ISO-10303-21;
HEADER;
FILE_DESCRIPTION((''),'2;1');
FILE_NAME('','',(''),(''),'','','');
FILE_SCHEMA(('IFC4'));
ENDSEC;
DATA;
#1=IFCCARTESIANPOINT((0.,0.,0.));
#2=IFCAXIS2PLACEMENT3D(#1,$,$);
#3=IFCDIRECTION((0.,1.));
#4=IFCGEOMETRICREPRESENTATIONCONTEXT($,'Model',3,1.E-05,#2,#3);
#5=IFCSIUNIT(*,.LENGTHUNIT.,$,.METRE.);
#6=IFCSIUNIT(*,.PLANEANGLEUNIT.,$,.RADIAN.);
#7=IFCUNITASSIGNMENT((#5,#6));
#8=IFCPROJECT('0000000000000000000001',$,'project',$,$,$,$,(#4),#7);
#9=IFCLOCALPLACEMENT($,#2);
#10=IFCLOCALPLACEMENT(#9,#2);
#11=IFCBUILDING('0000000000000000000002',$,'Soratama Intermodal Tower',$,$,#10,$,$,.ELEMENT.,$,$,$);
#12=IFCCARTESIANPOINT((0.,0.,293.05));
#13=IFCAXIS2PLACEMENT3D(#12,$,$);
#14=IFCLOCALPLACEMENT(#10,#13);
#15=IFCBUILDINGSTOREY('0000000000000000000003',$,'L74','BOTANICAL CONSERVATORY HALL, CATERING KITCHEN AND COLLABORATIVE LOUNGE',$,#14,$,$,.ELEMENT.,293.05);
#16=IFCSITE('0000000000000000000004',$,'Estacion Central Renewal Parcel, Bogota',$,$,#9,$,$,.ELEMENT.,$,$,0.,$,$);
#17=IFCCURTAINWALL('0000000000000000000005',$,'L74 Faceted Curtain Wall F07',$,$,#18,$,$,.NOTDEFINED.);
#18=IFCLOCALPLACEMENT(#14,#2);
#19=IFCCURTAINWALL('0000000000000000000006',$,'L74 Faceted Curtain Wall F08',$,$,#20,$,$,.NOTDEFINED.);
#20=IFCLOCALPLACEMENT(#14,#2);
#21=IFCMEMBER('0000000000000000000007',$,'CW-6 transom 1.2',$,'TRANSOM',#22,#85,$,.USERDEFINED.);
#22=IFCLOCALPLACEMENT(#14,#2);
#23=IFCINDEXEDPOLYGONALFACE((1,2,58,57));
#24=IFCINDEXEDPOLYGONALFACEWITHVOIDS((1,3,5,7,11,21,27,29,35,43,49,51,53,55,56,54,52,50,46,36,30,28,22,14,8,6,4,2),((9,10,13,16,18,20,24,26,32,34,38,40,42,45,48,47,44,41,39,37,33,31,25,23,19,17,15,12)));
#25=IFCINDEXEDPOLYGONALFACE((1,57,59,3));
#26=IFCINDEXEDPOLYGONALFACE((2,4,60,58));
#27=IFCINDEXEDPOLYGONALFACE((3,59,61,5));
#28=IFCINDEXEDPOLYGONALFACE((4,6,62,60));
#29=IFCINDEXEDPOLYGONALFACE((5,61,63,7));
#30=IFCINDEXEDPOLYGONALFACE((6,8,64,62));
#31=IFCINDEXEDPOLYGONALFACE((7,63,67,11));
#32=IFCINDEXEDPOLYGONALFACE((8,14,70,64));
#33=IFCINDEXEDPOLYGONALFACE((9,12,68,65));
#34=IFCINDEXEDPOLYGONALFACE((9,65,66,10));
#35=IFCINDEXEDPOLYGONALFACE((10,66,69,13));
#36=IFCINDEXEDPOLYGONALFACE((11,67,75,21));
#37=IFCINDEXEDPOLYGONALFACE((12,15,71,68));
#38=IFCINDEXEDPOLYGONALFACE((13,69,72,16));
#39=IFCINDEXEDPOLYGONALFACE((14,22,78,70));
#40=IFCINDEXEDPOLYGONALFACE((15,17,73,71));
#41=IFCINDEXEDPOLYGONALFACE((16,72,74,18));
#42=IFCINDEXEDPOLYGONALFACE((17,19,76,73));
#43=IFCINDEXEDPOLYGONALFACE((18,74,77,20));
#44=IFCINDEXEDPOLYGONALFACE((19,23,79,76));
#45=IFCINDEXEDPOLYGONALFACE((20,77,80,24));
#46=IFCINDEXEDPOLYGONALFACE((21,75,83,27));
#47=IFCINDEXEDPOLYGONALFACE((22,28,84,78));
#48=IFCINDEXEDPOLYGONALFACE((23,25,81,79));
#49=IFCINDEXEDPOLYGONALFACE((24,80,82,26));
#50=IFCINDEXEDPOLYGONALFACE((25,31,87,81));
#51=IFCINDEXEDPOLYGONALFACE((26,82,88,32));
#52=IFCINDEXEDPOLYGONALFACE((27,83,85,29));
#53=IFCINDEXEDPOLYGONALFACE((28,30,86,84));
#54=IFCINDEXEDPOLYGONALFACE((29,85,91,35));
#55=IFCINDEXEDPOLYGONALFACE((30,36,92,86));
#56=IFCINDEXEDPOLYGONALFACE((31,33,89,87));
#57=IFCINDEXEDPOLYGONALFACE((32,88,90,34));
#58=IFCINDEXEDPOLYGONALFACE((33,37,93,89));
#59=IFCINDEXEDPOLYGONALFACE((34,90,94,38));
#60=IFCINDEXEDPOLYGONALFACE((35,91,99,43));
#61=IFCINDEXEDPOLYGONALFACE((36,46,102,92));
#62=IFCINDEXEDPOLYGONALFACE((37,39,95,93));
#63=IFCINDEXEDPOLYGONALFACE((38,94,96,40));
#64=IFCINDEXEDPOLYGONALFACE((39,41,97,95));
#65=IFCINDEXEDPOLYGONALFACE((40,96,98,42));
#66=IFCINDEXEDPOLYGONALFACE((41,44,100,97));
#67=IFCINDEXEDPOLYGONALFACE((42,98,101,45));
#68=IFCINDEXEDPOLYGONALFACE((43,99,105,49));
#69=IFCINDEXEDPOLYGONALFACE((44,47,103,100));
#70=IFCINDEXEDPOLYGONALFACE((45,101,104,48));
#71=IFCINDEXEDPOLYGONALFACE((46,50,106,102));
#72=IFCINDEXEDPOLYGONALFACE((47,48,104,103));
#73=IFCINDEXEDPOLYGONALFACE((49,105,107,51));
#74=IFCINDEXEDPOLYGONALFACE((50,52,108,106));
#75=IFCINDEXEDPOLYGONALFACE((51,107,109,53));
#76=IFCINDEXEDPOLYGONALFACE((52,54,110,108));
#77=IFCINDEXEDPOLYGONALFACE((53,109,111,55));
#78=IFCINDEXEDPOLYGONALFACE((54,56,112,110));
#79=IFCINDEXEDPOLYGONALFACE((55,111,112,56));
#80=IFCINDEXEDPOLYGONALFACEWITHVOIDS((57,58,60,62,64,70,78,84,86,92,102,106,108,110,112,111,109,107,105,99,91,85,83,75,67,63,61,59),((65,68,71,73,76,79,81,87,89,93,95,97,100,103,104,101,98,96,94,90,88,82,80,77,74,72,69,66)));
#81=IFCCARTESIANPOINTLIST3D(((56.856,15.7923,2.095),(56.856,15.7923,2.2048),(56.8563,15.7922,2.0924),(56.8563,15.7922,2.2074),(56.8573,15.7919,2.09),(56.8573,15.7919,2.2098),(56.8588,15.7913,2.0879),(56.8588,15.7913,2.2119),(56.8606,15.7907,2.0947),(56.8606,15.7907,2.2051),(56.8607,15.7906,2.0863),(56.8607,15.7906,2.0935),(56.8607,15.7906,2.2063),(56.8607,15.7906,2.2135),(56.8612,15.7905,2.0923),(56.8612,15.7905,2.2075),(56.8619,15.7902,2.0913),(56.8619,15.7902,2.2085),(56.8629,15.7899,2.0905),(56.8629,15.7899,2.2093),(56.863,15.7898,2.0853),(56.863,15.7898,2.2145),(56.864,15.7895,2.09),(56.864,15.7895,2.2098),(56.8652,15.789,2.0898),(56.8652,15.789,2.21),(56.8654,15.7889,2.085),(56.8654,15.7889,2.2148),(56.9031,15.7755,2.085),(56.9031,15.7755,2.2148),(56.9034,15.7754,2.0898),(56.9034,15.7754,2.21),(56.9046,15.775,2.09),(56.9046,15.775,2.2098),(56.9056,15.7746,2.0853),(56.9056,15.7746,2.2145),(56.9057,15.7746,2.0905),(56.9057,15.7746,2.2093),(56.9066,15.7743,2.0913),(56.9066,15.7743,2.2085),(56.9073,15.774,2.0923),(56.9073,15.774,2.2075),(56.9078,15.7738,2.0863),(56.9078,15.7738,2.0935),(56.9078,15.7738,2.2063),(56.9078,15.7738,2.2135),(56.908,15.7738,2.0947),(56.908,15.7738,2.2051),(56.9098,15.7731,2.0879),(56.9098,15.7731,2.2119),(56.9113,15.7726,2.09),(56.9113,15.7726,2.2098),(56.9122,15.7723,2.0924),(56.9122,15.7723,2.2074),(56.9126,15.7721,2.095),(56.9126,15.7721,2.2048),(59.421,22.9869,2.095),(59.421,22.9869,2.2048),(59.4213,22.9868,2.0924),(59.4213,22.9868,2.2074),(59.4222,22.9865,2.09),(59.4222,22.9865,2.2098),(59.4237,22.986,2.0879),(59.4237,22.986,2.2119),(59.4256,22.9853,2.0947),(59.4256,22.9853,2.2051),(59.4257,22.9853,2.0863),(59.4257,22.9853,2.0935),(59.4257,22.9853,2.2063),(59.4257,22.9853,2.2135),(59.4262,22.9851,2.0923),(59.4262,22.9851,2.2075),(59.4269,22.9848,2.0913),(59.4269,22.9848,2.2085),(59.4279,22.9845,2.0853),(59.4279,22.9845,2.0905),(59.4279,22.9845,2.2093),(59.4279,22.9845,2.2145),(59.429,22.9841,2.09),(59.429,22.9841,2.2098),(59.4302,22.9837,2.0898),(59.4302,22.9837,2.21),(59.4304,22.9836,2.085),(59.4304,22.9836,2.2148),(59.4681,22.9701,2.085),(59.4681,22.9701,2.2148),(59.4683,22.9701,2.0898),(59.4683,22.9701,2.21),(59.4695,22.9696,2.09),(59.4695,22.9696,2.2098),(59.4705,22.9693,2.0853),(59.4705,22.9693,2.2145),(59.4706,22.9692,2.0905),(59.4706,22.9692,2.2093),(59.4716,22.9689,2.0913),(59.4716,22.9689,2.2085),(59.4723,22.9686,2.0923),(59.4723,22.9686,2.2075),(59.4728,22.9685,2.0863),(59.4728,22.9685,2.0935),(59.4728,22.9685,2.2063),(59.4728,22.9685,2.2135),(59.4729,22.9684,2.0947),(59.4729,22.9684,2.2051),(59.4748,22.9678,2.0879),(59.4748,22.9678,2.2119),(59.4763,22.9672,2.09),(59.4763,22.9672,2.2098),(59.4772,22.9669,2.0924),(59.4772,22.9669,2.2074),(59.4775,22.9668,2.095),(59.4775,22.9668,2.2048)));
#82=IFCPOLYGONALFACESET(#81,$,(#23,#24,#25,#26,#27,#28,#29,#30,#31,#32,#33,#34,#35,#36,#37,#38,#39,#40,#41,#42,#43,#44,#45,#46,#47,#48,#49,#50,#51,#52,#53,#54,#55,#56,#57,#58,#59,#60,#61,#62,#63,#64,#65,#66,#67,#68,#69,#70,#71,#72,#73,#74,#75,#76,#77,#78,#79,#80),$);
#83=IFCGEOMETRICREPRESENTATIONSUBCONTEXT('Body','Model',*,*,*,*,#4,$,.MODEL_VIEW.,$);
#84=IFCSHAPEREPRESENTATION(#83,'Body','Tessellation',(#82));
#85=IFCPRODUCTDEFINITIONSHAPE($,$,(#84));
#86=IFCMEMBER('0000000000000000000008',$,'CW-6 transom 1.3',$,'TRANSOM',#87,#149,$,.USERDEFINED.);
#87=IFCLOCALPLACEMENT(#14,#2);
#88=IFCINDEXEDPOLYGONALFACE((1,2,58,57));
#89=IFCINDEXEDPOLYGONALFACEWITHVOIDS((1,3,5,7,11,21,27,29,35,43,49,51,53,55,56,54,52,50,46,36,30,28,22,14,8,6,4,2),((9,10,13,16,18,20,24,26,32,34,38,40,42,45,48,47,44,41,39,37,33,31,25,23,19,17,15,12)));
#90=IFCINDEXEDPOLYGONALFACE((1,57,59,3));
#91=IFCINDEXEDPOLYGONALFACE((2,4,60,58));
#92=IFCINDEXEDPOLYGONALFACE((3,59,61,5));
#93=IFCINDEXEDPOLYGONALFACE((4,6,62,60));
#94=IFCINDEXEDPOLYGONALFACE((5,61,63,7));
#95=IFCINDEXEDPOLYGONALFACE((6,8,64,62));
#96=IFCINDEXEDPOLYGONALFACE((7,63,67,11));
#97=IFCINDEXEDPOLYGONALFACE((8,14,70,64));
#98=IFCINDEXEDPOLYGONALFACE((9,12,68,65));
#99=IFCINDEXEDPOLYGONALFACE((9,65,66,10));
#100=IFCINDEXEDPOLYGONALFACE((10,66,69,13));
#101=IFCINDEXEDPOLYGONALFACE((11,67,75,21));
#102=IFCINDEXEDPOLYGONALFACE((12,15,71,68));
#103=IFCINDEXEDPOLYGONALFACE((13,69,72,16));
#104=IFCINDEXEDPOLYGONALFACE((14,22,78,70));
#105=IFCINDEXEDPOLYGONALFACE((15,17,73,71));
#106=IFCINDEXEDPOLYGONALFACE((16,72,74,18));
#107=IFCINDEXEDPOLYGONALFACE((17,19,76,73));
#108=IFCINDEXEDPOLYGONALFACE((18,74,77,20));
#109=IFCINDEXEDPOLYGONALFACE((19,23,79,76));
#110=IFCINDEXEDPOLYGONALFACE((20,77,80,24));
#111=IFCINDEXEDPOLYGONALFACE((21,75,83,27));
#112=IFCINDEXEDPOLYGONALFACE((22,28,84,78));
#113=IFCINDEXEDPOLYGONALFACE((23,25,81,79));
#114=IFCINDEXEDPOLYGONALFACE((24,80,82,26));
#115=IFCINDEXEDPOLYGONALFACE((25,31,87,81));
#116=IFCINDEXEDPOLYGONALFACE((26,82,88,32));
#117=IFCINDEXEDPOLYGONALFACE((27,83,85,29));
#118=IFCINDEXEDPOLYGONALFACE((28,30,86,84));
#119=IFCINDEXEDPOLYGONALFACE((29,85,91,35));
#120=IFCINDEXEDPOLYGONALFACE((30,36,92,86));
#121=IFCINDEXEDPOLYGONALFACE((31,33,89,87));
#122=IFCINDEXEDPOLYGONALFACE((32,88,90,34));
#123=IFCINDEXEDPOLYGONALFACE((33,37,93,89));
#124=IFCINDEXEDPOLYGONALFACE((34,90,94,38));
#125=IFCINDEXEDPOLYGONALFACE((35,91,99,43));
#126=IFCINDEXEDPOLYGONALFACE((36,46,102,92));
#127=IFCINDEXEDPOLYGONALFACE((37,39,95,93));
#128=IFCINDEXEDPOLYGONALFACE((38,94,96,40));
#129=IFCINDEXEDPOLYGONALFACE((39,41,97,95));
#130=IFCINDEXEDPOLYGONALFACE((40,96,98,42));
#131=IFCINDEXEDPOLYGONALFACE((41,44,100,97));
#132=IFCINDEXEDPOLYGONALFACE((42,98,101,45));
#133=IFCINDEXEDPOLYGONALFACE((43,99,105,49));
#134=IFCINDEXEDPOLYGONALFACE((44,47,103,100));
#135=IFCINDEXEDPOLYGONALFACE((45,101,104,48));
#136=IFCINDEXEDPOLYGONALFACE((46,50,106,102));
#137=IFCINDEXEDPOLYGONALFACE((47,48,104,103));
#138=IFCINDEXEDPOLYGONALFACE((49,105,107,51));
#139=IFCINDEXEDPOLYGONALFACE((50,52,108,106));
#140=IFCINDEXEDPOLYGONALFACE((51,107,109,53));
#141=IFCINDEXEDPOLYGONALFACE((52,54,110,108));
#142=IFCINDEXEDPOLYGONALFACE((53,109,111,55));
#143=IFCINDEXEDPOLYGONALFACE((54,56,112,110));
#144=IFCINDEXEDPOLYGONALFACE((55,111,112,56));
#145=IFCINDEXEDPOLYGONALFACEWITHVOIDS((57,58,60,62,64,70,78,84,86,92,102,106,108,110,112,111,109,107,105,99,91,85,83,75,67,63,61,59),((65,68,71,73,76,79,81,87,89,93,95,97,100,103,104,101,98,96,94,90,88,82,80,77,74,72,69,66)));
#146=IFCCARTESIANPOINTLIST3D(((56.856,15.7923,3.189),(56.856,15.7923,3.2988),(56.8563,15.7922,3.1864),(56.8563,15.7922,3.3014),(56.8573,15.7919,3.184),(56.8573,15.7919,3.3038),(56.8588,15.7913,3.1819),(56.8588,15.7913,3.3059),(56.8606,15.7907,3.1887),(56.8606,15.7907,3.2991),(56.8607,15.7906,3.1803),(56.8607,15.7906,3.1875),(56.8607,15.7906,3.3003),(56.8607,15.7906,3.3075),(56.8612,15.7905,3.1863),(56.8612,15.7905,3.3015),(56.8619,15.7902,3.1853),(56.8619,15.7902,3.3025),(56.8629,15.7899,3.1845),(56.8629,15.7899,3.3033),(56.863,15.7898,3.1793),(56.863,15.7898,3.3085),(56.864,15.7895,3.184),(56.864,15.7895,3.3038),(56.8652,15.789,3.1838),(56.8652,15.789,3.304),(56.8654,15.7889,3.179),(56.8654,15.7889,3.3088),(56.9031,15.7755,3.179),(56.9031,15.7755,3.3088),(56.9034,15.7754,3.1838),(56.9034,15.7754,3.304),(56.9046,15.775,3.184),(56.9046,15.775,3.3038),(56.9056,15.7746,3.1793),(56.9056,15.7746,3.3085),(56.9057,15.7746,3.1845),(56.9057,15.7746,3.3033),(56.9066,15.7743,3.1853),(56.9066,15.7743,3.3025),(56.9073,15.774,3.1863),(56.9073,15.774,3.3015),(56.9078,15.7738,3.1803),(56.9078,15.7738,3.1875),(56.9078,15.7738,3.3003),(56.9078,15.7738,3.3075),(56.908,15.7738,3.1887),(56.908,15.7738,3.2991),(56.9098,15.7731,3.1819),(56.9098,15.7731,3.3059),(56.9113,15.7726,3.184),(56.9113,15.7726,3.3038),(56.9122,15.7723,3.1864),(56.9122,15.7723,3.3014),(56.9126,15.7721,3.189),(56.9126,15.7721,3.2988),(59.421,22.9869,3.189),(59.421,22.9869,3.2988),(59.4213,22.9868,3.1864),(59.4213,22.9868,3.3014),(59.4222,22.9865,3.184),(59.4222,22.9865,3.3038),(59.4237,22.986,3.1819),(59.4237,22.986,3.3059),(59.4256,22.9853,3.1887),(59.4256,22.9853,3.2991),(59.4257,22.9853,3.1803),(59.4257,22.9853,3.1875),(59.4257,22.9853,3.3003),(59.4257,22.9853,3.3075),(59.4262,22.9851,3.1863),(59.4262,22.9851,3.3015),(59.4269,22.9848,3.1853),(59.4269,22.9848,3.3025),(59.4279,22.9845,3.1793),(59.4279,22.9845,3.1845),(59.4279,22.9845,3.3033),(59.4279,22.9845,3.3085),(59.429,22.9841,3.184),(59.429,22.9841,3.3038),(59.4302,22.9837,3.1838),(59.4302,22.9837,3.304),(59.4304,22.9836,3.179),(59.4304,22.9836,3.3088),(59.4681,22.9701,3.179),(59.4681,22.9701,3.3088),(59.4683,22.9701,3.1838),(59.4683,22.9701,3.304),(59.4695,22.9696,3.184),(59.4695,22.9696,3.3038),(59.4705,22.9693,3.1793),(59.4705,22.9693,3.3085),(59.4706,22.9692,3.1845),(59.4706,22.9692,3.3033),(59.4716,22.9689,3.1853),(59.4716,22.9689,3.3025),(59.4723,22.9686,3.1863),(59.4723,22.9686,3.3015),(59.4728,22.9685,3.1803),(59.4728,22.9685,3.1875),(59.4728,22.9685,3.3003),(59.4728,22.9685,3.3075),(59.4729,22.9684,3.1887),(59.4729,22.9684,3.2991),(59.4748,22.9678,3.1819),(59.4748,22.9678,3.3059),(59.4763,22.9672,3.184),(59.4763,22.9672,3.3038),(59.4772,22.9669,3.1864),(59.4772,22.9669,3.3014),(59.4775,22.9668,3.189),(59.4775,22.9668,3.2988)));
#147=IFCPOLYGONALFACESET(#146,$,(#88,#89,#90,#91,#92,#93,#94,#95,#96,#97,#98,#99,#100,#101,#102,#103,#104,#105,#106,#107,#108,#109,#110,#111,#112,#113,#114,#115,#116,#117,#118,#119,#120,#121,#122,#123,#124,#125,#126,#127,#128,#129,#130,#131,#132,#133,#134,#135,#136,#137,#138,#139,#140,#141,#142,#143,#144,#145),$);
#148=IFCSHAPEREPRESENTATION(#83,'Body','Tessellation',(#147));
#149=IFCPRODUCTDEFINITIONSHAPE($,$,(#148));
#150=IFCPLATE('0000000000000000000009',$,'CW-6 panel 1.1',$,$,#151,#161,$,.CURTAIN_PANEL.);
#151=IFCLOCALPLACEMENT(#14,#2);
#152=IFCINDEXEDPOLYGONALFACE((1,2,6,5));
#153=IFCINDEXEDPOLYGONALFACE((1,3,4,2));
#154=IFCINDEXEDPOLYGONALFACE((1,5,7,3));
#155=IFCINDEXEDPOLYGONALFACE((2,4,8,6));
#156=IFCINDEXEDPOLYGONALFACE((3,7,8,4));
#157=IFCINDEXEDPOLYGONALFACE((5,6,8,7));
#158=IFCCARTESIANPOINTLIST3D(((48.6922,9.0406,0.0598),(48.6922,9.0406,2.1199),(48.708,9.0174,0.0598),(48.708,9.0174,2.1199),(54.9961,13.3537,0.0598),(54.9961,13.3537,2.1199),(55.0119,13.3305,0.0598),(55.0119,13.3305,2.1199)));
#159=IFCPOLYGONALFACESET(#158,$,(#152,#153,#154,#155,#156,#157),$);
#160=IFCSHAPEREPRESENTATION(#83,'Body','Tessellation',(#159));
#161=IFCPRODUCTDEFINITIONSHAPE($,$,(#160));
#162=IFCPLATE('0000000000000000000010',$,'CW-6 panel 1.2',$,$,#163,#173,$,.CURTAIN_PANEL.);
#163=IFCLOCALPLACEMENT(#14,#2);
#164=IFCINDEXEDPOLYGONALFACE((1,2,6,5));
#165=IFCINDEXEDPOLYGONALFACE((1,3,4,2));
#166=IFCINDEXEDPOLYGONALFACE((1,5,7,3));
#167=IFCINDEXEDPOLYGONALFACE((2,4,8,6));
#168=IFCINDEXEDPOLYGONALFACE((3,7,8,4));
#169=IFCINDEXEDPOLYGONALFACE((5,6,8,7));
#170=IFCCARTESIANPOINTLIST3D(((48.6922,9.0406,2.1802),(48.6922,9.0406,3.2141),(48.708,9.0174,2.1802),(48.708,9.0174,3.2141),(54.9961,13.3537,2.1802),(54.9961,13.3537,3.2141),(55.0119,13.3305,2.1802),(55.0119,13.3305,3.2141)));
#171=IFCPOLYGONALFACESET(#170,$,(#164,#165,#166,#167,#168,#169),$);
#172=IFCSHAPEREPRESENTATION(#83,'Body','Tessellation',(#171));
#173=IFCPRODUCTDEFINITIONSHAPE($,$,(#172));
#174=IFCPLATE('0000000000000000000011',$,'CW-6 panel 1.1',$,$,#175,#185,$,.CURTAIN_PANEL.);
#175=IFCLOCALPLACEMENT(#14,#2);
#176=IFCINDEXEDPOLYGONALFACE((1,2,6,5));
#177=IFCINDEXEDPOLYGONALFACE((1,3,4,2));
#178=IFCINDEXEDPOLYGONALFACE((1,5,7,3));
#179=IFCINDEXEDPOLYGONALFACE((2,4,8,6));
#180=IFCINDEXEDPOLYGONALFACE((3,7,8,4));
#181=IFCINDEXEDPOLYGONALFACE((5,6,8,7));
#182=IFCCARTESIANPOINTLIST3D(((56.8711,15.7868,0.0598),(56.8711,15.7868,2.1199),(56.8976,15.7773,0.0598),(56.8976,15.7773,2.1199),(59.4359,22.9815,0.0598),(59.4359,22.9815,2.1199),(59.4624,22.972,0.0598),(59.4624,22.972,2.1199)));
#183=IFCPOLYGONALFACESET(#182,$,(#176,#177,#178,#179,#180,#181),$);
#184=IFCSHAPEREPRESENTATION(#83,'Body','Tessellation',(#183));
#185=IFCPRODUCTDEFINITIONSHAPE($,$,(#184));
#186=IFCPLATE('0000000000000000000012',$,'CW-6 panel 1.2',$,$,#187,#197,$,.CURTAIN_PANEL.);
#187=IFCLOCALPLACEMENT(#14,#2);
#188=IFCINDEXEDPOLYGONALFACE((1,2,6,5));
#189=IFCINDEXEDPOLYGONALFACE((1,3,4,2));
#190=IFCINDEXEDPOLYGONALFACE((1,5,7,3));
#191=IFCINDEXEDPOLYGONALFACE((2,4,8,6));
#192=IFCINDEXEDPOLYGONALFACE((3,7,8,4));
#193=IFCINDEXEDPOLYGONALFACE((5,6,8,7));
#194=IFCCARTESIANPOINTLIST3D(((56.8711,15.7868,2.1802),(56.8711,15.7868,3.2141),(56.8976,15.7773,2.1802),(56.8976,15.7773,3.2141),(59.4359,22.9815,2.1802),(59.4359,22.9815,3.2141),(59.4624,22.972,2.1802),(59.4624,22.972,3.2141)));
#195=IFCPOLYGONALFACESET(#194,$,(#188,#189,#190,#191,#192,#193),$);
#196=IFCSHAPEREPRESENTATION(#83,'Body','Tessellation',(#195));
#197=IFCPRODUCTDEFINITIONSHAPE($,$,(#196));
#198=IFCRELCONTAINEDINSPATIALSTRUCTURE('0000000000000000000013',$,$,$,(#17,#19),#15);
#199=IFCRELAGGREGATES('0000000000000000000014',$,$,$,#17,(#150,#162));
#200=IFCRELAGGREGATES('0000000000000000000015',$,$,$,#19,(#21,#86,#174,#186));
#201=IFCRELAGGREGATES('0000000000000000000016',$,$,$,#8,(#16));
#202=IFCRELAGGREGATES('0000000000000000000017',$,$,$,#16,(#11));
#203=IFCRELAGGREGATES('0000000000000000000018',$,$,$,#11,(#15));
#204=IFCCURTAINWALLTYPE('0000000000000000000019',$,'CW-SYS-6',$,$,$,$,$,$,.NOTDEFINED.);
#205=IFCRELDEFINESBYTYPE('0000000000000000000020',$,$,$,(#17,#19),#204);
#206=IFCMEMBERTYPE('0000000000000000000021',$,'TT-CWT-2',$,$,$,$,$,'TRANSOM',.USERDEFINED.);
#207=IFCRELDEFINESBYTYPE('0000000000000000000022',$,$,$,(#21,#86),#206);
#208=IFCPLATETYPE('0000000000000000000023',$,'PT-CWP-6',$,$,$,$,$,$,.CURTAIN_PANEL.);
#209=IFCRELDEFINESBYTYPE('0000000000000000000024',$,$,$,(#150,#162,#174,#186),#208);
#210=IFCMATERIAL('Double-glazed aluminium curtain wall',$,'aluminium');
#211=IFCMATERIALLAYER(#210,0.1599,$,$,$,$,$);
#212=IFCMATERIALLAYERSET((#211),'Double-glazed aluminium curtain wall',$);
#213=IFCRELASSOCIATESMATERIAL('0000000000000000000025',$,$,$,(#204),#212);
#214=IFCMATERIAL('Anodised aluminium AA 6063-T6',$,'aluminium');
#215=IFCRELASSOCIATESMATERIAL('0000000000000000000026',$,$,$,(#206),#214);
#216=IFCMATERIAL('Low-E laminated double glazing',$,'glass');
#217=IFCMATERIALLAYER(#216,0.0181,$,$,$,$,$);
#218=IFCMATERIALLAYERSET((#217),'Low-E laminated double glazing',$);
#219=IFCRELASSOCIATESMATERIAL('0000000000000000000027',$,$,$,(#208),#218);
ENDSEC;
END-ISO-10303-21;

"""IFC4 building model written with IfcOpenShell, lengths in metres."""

from ifc_helpers import new_model, si_unit, direction, frame, origin, origin_2d, place, context, subcontext, project, spatial, rectangle, hollow_rectangle, extrude, material, layer, layer_set, material_profile, profile_set, type_object, element, aggregate, save


model = new_model("IFC4")

# Units and contexts
model_context = context("Model", 3, precision=1e-05, world=origin(), true_north=direction((0.0, 1.0)))
body_context = subcontext(model_context, "Body", "Model", "MODEL_VIEW")
ifc_project = project(units=[si_unit("LENGTHUNIT", "METRE"), si_unit("PLANEANGLEUNIT", "RADIAN")], contexts=[model_context])

# Site, building, storey
site_placement = place(None, origin())
site = spatial("IfcSite", under=ifc_project, at=site_placement, Name="Estacion Central Renewal Parcel, Bogota", CompositionType="ELEMENT", RefElevation=0.0)
building_placement = place(site_placement, origin())
building = spatial("IfcBuilding", under=site, at=building_placement, Name="Soratama Intermodal Tower", CompositionType="ELEMENT")
storey_placement = place(building_placement, frame((0.0, 0.0, 293.05)))
storey = spatial("IfcBuildingStorey", under=building, at=storey_placement, Name="L74", Description="BOTANICAL CONSERVATORY HALL, CATERING KITCHEN AND COLLABORATIVE LOUNGE", CompositionType="ELEMENT", Elevation=293.05)

# Curtain walls
ifc_material_1 = material(Name="Double-glazed aluminium curtain wall", Category="aluminium")
ifc_layer_1 = layer(ifc_material_1, 0.1599)
ifc_layer_set_1 = layer_set([ifc_layer_1], Name="Double-glazed aluminium curtain wall")
curtain_wall_type = type_object("IfcCurtainWallType", Name="CW-SYS-6", PredefinedType="NOTDEFINED", material=ifc_layer_set_1)
curtain_wall_1_placement = place(storey_placement, origin())
curtain_wall_1 = element("IfcCurtainWall", 1, at=curtain_wall_1_placement, inside=storey, type_object=curtain_wall_type, Name="L74 Faceted Curtain Wall F07", PredefinedType="NOTDEFINED")
curtain_wall_2_placement = place(storey_placement, origin())
curtain_wall_2 = element("IfcCurtainWall", 2, at=curtain_wall_2_placement, inside=storey, type_object=curtain_wall_type, Name="L74 Faceted Curtain Wall F08", PredefinedType="NOTDEFINED")

# Members
ifc_material_2 = material(Name="Anodised aluminium AA 6063-T6", Category="aluminium")
ifc_material_profile_1 = material_profile(ifc_material_2, hollow_rectangle(XDim=0.0601, YDim=0.1299, WallThickness=0.0049, InnerFilletRadius=0.0049, OuterFilletRadius=0.01, at=origin_2d()), Name="CWT130X60X5")
ifc_profile_set_1 = profile_set([ifc_material_profile_1], Name="Anodised aluminium AA 6063-T6")
member_type_1 = type_object("IfcMemberType", Name="TT-CWT-2", ElementType="TRANSOM", PredefinedType="USERDEFINED", material=ifc_profile_set_1)
member_1_placement = place(storey_placement, frame((56.8843, 15.7822, 2.1499), z_axis=(0.335808, 0.941931, 0.0), x_axis=(-0.941931, 0.335808, 0.0)))
member_1 = element("IfcMember", 3, at=member_1_placement, type_object=member_type_1, Name="CW-6 transom 1.2", ObjectType="TRANSOM", PredefinedType="USERDEFINED", context=body_context, shape_type="SweptSolid", body=[
    extrude(hollow_rectangle(XDim=0.0601, YDim=0.1299, WallThickness=0.0049, InnerFilletRadius=0.0049, OuterFilletRadius=0.01, at=origin_2d()), origin(), (0.0, 0.0, 1.0), 7.6382),
])
member_2_placement = place(storey_placement, frame((56.8843, 15.7822, 3.2439), z_axis=(0.335808, 0.941931, 0.0), x_axis=(-0.941931, 0.335808, 0.0)))
member_2 = element("IfcMember", 4, at=member_2_placement, type_object=member_type_1, Name="CW-6 transom 1.3", ObjectType="TRANSOM", PredefinedType="USERDEFINED", context=body_context, shape_type="SweptSolid", body=[
    extrude(hollow_rectangle(XDim=0.0601, YDim=0.1299, WallThickness=0.0049, InnerFilletRadius=0.0049, OuterFilletRadius=0.01, at=origin_2d()), origin(), (0.0, 0.0, 1.0), 7.6382),
])

# Plates
ifc_material_3 = material(Name="Low-E laminated double glazing", Category="glass")
ifc_layer_2 = layer(ifc_material_3, 0.0181)
ifc_layer_set_2 = layer_set([ifc_layer_2], Name="Low-E laminated double glazing")
plate_type = type_object("IfcPlateType", Name="PT-CWP-6", PredefinedType="CURTAIN_PANEL", material=ifc_layer_set_2)
plate_1_placement = place(storey_placement, frame((51.8521, 11.1855, 0.0598), z_axis=(0.0, 0.0, 1.0), x_axis=(0.825309, 0.564681, 0.0)))
plate_1 = element("IfcPlate", 5, at=plate_1_placement, type_object=plate_type, Name="CW-6 panel 1.1", PredefinedType="CURTAIN_PANEL", context=body_context, shape_type="SweptSolid", body=[
    extrude(rectangle(XDim=7.6382, YDim=0.0281, at=origin_2d()), origin(), (0.0, 0.0, 1.0), 2.0601),
])
plate_2_placement = place(storey_placement, frame((51.8521, 11.1855, 2.1802), z_axis=(0.0, 0.0, 1.0), x_axis=(0.825309, 0.564681, 0.0)))
plate_2 = element("IfcPlate", 6, at=plate_2_placement, type_object=plate_type, Name="CW-6 panel 1.2", PredefinedType="CURTAIN_PANEL", context=body_context, shape_type="SweptSolid", body=[
    extrude(rectangle(XDim=7.6382, YDim=0.0281, at=origin_2d()), origin(), (0.0, 0.0, 1.0), 1.0339),
])
aggregate(curtain_wall_1, [plate_1, plate_2])
plate_3_placement = place(storey_placement, frame((58.1667, 19.3794, 0.0598), z_axis=(0.0, 0.0, 1.0), x_axis=(0.335784, 0.941939, 0.0)))
plate_3 = element("IfcPlate", 7, at=plate_3_placement, type_object=plate_type, Name="CW-6 panel 1.1", PredefinedType="CURTAIN_PANEL", context=body_context, shape_type="SweptSolid", body=[
    extrude(rectangle(XDim=7.6382, YDim=0.0281, at=origin_2d()), origin(), (0.0, 0.0, 1.0), 2.0601),
])
plate_4_placement = place(storey_placement, frame((58.1667, 19.3794, 2.1802), z_axis=(0.0, 0.0, 1.0), x_axis=(0.335784, 0.941939, 0.0)))
plate_4 = element("IfcPlate", 8, at=plate_4_placement, type_object=plate_type, Name="CW-6 panel 1.2", PredefinedType="CURTAIN_PANEL", context=body_context, shape_type="SweptSolid", body=[
    extrude(rectangle(XDim=7.6382, YDim=0.0281, at=origin_2d()), origin(), (0.0, 0.0, 1.0), 1.0339),
])
aggregate(curtain_wall_2, [member_1, member_2, plate_3, plate_4])

save(model, "model.ifc")
